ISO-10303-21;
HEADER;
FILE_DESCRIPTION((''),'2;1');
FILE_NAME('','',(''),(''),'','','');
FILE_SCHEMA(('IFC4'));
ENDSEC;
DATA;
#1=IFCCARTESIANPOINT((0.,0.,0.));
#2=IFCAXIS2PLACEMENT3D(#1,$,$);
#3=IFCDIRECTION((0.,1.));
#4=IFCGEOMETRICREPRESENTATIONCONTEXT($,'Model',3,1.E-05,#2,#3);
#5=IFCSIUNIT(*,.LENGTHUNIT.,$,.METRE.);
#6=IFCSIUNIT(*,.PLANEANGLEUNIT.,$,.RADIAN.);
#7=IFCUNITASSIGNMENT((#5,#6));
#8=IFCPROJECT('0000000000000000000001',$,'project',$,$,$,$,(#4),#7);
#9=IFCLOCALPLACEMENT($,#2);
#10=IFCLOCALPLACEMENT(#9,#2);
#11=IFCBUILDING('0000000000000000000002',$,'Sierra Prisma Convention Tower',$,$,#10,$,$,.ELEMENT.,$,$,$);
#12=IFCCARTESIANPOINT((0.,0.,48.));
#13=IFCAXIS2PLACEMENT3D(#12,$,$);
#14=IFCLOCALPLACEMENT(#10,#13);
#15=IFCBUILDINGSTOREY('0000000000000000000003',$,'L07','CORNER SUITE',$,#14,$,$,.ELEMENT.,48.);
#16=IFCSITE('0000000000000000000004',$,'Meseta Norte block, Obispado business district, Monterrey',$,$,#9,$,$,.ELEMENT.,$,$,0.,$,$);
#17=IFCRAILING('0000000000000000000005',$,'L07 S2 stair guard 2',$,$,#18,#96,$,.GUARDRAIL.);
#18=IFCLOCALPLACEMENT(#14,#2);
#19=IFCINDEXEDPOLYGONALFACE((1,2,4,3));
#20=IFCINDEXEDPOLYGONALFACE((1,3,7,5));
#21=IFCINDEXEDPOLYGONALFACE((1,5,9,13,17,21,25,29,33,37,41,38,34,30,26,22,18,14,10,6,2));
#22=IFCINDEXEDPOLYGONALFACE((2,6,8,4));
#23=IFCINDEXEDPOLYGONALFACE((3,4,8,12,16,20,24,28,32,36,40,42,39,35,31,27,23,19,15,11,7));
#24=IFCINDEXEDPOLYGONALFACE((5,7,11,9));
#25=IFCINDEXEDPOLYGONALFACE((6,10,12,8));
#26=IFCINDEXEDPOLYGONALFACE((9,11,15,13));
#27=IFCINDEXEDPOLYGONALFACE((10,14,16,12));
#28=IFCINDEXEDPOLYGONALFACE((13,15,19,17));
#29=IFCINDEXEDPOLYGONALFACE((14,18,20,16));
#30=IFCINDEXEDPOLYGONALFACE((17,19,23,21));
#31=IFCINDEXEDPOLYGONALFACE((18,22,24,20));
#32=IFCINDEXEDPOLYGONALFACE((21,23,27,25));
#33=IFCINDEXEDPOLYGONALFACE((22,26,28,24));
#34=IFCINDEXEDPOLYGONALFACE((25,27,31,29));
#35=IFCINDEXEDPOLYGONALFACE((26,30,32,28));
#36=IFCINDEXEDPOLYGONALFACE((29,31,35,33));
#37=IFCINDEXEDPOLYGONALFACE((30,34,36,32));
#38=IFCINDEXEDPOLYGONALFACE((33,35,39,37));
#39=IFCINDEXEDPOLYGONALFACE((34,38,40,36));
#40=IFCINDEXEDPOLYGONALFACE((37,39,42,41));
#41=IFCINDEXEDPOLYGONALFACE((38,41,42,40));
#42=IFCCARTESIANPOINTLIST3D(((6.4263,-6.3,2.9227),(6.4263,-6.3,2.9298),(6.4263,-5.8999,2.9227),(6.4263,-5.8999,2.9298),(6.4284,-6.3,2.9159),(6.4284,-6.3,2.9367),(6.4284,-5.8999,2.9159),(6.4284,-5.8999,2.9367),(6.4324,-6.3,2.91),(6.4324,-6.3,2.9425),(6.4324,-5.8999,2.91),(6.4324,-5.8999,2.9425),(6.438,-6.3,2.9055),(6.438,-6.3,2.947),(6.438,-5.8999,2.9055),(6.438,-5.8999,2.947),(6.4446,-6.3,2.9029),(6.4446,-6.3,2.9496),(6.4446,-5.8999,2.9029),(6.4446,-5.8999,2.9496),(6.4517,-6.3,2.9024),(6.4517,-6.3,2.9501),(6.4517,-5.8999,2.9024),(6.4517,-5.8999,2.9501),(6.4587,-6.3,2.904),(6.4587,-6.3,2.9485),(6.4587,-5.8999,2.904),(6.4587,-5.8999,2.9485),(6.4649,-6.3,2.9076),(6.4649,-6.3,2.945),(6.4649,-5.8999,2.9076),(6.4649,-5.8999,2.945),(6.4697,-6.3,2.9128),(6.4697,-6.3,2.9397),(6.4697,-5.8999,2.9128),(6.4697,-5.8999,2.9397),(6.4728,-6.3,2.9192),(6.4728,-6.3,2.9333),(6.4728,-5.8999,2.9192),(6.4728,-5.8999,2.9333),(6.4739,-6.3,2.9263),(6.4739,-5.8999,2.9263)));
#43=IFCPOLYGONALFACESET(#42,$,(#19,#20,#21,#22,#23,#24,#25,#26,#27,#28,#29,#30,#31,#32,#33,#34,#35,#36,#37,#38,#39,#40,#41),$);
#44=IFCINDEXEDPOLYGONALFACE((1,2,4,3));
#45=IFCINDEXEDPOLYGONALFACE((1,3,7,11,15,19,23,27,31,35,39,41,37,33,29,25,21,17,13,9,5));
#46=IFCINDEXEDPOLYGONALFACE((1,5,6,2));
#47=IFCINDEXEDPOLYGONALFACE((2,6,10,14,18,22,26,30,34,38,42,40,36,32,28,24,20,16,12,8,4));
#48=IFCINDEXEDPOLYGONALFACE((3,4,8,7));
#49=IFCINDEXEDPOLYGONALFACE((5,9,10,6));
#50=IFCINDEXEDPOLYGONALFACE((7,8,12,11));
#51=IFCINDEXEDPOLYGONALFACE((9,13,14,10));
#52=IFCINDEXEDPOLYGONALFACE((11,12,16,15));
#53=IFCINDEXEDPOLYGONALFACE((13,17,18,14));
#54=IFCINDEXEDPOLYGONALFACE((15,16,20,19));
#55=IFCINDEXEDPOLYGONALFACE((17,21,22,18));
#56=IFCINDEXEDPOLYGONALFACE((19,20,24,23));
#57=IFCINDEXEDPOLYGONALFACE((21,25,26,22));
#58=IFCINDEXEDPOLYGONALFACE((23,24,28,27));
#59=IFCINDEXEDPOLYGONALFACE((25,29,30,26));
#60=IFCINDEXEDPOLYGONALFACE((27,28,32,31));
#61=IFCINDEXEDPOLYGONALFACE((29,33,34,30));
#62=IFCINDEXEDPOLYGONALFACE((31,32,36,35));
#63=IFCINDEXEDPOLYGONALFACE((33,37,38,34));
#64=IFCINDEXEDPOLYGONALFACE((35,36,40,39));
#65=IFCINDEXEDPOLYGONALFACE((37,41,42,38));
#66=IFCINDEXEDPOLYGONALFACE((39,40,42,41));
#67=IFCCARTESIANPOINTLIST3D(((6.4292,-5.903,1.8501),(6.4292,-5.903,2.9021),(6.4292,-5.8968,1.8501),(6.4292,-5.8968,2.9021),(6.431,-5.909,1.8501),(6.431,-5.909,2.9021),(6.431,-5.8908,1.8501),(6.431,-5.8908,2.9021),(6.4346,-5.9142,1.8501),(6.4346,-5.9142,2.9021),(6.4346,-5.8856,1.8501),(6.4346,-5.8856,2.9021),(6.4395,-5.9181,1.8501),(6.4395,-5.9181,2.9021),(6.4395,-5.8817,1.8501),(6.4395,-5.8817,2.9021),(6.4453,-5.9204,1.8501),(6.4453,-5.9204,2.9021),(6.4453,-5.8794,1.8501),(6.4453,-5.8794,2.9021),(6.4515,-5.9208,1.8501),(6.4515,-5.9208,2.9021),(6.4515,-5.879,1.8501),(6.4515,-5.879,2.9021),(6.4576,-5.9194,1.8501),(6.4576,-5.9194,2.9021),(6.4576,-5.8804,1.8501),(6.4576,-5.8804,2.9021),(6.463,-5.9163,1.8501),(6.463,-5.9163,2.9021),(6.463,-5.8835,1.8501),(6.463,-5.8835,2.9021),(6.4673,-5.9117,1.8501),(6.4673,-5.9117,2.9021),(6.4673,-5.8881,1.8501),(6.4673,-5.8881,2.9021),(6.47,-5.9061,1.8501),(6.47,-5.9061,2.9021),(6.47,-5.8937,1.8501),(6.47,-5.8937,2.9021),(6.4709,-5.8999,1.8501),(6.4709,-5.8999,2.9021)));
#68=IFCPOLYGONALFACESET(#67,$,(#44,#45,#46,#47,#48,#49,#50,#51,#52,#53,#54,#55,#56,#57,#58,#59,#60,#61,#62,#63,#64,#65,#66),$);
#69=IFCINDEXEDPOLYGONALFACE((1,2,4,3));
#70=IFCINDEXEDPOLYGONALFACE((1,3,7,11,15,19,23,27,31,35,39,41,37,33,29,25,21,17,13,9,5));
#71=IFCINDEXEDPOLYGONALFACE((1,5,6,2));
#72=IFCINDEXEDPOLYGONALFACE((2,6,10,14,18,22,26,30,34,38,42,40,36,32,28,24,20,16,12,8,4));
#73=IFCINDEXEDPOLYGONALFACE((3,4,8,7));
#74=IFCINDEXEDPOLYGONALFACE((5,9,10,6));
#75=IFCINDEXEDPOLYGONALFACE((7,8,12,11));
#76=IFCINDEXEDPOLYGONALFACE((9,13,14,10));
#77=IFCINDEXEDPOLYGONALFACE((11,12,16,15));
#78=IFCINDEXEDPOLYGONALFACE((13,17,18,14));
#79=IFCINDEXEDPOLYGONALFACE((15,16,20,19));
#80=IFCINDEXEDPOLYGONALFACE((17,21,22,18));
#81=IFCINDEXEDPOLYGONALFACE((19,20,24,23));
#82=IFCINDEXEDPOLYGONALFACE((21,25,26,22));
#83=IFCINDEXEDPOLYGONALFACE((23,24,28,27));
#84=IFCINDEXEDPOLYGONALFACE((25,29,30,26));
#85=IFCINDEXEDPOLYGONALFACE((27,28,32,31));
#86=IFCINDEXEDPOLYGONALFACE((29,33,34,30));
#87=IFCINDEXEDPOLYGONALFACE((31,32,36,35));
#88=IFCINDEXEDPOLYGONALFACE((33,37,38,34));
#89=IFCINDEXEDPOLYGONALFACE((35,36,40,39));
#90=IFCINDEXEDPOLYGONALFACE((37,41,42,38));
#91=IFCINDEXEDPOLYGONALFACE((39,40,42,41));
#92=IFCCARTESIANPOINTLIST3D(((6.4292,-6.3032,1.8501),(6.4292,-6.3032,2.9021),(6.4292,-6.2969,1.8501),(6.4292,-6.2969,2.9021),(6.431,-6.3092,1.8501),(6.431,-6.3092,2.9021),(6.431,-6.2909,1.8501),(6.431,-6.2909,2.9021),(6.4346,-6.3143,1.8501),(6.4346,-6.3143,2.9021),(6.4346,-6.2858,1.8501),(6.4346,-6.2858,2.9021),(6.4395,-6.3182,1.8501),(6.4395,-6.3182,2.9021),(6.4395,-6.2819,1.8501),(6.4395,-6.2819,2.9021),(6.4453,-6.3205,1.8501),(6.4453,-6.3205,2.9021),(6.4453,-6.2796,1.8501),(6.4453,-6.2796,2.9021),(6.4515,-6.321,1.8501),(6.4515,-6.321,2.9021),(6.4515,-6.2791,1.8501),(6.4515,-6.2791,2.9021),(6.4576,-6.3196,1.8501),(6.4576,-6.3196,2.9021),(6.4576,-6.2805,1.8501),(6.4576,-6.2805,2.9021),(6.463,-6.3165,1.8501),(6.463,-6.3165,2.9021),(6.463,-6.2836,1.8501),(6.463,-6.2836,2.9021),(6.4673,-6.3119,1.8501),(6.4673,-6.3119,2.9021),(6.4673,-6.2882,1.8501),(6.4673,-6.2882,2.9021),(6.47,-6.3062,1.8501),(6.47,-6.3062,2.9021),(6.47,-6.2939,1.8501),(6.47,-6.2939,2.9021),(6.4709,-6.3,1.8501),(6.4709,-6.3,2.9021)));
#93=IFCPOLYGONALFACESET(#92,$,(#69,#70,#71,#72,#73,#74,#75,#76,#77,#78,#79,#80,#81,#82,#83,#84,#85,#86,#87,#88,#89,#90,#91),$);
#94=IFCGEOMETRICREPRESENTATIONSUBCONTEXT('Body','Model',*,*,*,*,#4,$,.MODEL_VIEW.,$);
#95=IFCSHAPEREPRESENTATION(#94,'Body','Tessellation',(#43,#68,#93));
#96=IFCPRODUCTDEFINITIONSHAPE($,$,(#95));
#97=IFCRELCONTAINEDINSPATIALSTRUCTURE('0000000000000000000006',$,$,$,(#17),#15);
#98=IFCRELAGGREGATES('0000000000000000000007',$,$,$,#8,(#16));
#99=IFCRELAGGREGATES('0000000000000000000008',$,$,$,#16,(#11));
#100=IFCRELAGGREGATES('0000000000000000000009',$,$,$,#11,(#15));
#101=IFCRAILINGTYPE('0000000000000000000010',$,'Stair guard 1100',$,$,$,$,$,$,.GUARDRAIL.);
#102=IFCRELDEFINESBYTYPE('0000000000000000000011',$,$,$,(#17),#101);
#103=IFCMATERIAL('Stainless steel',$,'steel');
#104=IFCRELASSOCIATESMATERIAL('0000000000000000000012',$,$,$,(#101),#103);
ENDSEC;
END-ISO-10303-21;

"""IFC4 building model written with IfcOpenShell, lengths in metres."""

from ifc_helpers import new_model, si_unit, direction, frame, origin, origin_2d, place, context, subcontext, project, spatial, circle, extrude, material, type_object, element, save


model = new_model("IFC4")

# Units and contexts
model_context = context("Model", 3, precision=1e-05, world=origin(), true_north=direction((0.0, 1.0)))
body_context = subcontext(model_context, "Body", "Model", "MODEL_VIEW")
ifc_project = project(units=[si_unit("LENGTHUNIT", "METRE"), si_unit("PLANEANGLEUNIT", "RADIAN")], contexts=[model_context])

# Site, building, storey
site_placement = place(None, origin())
site = spatial("IfcSite", under=ifc_project, at=site_placement, Name="Meseta Norte block, Obispado business district, Monterrey", CompositionType="ELEMENT", RefElevation=0.0)
building_placement = place(site_placement, origin())
building = spatial("IfcBuilding", under=site, at=building_placement, Name="Sierra Prisma Convention Tower", CompositionType="ELEMENT")
storey_placement = place(building_placement, frame((0.0, 0.0, 48.0)))
storey = spatial("IfcBuildingStorey", under=building, at=storey_placement, Name="L07", Description="CORNER SUITE", CompositionType="ELEMENT", Elevation=48.0)

# Railing
ifc_material_1 = material(Name="Stainless steel", Category="steel")
railing_type_1 = type_object("IfcRailingType", Name="Stair guard 1100", PredefinedType="GUARDRAIL", material=ifc_material_1)
railing_1_placement = place(storey_placement, frame((6.45, -5.8999, 1.8501)))
element("IfcRailing", 1, at=railing_1_placement, inside=storey, type_object=railing_type_1, Name="L07 S2 stair guard 2", PredefinedType="GUARDRAIL", context=body_context, shape_type="SweptSolid", body=[
    extrude(circle(Radius=0.0239, at=origin_2d()), frame((0.0, 0.0, 1.0762), z_axis=(0.0, -1.0, 0.0), x_axis=(1.0, 0.0, 0.0)), (0.0, 0.0, 1.0), 0.4001),
    extrude(circle(Radius=0.021, at=origin_2d()), origin(), (0.0, 0.0, 1.0), 1.052),
    extrude(circle(Radius=0.021, at=origin_2d()), frame((0.0, -0.4001, 0.0)), (0.0, 0.0, 1.0), 1.052),
])

save(model, "model.ifc")
